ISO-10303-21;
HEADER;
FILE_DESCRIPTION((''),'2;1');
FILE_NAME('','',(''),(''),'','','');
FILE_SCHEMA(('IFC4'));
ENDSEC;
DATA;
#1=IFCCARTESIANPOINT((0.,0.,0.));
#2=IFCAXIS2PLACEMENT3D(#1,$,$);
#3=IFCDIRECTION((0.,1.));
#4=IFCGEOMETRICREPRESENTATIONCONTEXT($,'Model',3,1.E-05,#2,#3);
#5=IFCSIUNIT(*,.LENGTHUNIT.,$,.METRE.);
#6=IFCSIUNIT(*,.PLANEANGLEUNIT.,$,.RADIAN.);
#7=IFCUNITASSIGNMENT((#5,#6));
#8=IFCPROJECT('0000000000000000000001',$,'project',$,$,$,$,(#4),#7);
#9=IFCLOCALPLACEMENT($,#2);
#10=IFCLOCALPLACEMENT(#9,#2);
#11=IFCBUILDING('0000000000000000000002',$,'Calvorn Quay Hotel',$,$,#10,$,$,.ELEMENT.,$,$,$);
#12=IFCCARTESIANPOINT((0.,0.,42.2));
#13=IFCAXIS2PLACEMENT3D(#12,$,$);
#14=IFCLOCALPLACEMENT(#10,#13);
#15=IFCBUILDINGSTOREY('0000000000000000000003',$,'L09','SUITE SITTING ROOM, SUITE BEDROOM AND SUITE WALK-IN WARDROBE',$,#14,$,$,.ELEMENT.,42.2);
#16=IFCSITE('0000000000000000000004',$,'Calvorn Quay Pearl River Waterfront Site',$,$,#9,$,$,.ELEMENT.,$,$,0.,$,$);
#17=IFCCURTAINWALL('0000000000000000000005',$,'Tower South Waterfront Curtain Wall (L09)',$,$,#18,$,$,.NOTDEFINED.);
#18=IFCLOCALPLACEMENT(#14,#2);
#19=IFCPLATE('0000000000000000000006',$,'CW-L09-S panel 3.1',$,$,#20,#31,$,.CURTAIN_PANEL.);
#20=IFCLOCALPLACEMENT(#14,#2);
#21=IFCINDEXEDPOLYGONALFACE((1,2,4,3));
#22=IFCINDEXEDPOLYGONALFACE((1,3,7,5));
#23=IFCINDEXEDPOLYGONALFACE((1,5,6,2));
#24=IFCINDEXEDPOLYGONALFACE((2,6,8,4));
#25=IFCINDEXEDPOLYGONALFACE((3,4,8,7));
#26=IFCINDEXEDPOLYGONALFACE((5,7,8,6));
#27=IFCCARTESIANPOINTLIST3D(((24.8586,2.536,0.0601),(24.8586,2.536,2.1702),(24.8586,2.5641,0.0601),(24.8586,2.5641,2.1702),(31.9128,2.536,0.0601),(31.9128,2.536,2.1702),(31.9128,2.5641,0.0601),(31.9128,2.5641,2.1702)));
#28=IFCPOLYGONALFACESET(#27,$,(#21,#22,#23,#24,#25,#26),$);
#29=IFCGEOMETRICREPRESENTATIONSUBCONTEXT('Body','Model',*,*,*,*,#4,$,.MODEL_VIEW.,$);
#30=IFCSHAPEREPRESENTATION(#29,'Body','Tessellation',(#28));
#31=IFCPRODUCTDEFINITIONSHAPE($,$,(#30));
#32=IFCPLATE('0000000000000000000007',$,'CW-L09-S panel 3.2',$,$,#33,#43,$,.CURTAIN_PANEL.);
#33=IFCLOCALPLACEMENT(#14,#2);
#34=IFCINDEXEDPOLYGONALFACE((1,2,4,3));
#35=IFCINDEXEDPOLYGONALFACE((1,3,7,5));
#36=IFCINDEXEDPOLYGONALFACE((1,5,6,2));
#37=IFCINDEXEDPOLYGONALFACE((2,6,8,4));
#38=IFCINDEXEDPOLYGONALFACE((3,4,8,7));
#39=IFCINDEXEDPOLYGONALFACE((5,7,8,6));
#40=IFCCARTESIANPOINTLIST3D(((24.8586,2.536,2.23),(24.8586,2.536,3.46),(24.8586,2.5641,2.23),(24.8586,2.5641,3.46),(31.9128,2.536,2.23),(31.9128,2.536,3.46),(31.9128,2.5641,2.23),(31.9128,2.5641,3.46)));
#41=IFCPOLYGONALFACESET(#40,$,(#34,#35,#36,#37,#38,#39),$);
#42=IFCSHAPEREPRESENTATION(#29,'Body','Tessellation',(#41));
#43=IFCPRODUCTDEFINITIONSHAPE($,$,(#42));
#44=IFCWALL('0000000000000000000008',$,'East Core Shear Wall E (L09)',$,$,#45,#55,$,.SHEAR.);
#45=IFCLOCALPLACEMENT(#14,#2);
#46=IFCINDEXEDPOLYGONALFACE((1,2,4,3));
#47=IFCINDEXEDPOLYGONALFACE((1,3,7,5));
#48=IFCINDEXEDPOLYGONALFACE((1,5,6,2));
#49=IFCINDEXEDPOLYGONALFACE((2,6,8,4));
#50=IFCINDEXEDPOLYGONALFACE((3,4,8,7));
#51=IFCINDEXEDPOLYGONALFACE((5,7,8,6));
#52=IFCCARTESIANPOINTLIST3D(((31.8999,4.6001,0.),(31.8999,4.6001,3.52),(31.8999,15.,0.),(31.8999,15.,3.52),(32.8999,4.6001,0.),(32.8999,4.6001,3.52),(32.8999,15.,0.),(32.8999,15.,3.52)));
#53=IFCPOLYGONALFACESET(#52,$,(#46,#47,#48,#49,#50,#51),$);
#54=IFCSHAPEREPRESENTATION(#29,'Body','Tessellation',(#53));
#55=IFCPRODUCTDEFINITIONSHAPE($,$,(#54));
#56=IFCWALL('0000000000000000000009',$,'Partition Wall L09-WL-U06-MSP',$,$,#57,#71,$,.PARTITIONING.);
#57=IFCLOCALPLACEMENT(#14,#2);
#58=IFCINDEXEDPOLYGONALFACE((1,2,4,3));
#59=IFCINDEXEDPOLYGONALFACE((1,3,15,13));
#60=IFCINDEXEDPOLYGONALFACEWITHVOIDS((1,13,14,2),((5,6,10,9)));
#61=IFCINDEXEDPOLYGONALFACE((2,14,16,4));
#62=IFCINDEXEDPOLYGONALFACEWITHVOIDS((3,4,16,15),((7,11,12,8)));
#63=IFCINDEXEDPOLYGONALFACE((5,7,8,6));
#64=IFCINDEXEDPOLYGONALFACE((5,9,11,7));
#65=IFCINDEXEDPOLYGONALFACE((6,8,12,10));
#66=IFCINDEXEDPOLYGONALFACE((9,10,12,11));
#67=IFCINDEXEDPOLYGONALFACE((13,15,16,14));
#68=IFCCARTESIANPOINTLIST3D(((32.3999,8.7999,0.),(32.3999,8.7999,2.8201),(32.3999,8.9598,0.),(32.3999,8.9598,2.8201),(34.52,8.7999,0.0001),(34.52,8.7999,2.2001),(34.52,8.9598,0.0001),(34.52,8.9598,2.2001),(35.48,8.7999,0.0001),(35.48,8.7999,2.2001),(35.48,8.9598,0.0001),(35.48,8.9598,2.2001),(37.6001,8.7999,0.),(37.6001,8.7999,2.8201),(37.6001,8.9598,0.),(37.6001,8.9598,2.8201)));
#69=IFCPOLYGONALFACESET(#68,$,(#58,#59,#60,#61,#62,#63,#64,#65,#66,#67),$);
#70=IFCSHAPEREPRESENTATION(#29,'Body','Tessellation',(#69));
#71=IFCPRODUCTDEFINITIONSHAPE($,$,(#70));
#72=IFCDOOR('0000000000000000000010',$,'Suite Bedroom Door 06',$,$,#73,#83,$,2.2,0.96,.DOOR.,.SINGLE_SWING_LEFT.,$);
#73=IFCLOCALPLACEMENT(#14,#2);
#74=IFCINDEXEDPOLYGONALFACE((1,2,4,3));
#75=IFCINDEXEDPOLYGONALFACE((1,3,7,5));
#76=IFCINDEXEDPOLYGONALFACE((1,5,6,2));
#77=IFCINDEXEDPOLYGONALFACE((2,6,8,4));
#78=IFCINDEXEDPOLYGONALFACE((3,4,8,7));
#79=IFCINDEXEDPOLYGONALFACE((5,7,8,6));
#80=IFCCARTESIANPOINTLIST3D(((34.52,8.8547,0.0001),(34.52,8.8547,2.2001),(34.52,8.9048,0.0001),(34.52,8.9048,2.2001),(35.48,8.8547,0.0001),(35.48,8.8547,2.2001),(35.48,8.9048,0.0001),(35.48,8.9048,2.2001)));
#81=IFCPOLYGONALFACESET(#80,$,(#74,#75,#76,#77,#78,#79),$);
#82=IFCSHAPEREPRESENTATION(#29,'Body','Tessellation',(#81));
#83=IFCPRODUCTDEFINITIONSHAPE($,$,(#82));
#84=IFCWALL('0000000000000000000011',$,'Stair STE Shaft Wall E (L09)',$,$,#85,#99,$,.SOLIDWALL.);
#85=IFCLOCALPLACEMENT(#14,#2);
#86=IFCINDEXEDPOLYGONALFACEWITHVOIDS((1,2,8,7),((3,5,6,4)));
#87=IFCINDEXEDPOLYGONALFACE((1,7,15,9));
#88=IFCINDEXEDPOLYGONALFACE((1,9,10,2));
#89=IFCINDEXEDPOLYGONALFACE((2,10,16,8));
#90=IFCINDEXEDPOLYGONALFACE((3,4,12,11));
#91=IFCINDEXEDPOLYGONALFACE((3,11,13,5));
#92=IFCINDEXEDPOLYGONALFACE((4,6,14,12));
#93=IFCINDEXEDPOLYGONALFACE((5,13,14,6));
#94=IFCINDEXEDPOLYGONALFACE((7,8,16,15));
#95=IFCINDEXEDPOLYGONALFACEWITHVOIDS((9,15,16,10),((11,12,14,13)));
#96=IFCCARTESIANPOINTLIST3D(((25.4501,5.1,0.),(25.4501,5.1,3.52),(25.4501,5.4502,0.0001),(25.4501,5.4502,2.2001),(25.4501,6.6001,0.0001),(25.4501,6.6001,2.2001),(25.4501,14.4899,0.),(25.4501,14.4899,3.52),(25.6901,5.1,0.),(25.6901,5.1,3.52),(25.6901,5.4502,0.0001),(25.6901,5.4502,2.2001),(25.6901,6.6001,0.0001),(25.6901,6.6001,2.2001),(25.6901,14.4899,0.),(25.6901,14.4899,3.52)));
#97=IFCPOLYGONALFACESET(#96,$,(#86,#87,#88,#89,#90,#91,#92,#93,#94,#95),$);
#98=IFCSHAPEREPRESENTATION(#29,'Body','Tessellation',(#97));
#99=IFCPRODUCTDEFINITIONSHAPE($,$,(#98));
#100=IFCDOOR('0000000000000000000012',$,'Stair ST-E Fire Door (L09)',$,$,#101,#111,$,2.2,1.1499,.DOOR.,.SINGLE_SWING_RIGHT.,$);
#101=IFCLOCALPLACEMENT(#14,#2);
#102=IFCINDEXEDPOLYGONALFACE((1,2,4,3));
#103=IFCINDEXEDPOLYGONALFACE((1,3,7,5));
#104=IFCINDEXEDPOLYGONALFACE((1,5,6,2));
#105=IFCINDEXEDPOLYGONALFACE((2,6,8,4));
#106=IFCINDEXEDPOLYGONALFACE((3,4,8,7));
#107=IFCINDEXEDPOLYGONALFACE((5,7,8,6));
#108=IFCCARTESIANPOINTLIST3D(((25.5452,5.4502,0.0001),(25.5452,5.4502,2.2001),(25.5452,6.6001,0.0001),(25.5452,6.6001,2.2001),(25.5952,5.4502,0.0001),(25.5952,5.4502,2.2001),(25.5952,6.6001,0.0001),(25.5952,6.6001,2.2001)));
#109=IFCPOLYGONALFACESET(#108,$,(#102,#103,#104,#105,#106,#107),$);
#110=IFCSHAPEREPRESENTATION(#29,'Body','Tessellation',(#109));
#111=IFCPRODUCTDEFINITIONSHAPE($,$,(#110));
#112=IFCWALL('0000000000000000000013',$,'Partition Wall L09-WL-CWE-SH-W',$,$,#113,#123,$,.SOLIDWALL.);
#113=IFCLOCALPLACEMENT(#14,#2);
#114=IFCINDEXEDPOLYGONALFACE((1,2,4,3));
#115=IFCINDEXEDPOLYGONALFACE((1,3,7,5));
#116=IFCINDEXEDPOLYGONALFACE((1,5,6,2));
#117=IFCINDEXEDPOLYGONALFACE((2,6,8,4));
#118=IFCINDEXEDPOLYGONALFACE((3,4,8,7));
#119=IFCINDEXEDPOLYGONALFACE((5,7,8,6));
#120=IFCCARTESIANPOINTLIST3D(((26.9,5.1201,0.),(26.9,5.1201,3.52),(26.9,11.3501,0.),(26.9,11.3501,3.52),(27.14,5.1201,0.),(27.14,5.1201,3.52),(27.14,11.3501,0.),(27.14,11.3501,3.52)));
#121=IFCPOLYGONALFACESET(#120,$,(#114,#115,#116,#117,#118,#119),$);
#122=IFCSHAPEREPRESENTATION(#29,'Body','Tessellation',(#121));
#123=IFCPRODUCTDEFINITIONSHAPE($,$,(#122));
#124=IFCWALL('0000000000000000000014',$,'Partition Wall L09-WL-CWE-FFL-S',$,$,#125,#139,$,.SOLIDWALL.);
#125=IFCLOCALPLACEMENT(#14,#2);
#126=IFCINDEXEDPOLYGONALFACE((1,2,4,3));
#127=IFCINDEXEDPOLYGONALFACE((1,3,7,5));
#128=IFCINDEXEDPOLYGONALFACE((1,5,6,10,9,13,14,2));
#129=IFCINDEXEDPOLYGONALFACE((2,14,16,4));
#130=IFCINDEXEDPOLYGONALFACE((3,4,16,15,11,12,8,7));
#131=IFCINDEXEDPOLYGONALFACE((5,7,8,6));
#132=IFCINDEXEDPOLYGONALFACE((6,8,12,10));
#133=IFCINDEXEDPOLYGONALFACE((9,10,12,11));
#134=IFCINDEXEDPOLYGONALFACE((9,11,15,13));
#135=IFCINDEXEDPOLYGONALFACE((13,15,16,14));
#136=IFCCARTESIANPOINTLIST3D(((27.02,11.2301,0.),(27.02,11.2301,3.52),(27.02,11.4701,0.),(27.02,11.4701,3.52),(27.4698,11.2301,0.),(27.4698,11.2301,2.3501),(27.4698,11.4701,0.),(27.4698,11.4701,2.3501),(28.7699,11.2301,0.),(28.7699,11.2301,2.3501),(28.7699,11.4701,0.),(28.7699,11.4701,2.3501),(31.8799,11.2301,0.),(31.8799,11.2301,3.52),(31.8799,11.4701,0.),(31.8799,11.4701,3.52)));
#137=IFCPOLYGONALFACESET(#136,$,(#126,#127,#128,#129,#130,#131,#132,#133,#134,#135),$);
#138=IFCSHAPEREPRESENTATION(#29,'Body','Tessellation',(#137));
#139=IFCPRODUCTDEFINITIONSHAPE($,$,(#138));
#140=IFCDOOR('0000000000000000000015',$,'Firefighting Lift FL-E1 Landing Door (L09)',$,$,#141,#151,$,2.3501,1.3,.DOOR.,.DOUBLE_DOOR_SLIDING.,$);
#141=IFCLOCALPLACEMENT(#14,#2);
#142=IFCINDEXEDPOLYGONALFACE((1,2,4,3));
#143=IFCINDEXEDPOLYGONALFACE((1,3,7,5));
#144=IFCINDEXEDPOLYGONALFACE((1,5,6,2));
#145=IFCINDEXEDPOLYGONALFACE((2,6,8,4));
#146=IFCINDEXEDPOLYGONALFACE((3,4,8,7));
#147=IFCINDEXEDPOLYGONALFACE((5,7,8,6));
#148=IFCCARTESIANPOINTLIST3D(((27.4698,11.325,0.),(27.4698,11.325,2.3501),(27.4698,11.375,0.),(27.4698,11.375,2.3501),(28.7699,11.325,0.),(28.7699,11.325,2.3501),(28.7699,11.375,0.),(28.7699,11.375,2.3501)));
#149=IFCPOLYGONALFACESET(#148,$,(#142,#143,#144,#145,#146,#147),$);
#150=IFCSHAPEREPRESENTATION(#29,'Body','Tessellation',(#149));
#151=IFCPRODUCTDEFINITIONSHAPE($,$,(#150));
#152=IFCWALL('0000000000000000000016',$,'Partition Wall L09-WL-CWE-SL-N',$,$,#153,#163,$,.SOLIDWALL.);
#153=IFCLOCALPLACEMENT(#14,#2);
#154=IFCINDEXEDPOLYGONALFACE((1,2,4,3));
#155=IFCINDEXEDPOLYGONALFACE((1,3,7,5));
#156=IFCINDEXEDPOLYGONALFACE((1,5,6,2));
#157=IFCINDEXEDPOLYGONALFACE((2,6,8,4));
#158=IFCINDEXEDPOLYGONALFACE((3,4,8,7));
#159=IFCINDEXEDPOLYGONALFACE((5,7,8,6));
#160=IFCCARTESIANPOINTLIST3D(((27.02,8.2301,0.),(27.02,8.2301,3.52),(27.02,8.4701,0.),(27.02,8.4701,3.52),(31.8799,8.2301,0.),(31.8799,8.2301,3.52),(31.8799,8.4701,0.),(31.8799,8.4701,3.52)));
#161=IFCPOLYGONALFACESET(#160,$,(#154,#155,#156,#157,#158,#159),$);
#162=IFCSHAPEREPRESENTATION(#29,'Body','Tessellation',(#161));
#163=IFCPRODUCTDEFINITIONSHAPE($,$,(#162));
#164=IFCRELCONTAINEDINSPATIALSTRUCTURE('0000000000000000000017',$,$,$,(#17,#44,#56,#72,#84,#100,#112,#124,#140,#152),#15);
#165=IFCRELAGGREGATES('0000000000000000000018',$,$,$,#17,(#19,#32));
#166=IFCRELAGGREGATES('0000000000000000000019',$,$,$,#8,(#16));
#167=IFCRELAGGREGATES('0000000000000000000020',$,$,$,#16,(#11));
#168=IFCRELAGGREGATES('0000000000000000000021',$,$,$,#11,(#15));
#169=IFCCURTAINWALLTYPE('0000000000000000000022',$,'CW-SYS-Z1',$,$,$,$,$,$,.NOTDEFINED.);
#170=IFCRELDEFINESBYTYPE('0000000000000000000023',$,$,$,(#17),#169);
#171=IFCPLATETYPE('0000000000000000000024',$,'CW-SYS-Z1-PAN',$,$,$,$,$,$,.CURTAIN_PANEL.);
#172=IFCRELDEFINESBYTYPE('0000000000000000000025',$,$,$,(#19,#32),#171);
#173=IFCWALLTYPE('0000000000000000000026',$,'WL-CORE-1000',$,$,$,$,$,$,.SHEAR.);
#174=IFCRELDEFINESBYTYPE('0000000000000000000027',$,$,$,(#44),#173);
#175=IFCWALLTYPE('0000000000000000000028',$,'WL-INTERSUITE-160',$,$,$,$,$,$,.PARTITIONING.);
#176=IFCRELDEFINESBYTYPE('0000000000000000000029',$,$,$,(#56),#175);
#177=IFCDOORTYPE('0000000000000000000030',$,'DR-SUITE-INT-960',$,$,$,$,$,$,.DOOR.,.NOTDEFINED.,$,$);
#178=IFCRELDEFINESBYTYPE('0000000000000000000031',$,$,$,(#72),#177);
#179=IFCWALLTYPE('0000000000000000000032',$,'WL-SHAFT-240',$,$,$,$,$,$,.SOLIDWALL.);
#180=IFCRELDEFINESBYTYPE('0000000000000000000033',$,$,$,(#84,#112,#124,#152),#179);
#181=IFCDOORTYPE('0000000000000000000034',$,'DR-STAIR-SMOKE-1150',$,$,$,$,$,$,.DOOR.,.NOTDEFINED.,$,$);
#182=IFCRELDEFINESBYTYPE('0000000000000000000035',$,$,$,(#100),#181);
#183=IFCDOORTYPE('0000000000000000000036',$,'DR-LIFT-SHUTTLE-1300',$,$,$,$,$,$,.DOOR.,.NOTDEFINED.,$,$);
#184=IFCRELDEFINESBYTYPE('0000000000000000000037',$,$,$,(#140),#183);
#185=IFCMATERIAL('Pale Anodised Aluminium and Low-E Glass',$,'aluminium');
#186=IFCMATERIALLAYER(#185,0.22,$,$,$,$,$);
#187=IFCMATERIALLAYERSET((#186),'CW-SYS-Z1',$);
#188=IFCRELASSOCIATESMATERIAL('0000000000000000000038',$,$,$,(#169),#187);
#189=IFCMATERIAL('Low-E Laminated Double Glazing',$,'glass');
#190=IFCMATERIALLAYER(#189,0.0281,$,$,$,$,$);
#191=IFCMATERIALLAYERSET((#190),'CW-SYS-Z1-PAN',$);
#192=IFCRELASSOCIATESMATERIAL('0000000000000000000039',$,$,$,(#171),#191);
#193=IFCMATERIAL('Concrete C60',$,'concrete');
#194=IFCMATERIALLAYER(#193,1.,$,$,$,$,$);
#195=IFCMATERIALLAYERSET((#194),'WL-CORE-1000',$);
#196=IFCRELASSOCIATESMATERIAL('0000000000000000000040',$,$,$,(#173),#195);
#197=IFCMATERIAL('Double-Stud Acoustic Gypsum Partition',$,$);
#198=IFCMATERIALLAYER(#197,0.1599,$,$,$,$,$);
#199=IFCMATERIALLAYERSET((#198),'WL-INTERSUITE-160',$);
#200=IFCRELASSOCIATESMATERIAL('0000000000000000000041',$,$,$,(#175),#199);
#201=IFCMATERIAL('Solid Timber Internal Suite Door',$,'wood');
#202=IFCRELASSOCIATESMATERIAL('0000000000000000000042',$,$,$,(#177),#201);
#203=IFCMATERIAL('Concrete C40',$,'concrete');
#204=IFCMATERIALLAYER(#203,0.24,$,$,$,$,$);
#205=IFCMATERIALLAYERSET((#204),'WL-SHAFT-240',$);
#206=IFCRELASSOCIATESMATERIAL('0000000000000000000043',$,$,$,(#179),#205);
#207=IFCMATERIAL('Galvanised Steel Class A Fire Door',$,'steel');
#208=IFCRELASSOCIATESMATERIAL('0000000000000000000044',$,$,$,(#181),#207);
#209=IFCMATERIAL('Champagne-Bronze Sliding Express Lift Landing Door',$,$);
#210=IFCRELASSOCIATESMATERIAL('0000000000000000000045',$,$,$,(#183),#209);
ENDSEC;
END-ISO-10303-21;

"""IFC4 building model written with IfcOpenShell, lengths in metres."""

from ifc_helpers import new_model, si_unit, direction, frame, frame_2d, origin, origin_2d, place, context, subcontext, project, spatial, rectangle, extrude, material, layer, layer_set, type_object, element, fill, aggregate, save


model = new_model("IFC4")

# Units and contexts
model_context = context("Model", 3, precision=1e-05, world=origin(), true_north=direction((0.0, 1.0)))
body_context = subcontext(model_context, "Body", "Model", "MODEL_VIEW")
ifc_project = project(units=[si_unit("LENGTHUNIT", "METRE"), si_unit("PLANEANGLEUNIT", "RADIAN")], contexts=[model_context])

# Site, building, storey
site_placement = place(None, origin())
site = spatial("IfcSite", under=ifc_project, at=site_placement, Name="Calvorn Quay Pearl River Waterfront Site", CompositionType="ELEMENT", RefElevation=0.0)
building_placement = place(site_placement, origin())
building = spatial("IfcBuilding", under=site, at=building_placement, Name="Calvorn Quay Hotel", CompositionType="ELEMENT")
storey_placement = place(building_placement, frame((0.0, 0.0, 42.2)))
storey = spatial("IfcBuildingStorey", under=building, at=storey_placement, Name="L09", Description="SUITE SITTING ROOM, SUITE BEDROOM AND SUITE WALK-IN WARDROBE", CompositionType="ELEMENT", Elevation=42.2)

# Curtain wall, plates
ifc_material_1 = material(Name="Pale Anodised Aluminium and Low-E Glass", Category="aluminium")
ifc_layer_1 = layer(ifc_material_1, 0.22)
ifc_layer_set_1 = layer_set([ifc_layer_1], Name="CW-SYS-Z1")
curtain_wall_type = type_object("IfcCurtainWallType", Name="CW-SYS-Z1", PredefinedType="NOTDEFINED", material=ifc_layer_set_1)
curtain_wall_placement = place(storey_placement, origin())
curtain_wall = element("IfcCurtainWall", 1, at=curtain_wall_placement, inside=storey, type_object=curtain_wall_type, Name="Tower South Waterfront Curtain Wall (L09)", PredefinedType="NOTDEFINED")
ifc_material_2 = material(Name="Low-E Laminated Double Glazing", Category="glass")
ifc_layer_2 = layer(ifc_material_2, 0.0281)
ifc_layer_set_2 = layer_set([ifc_layer_2], Name="CW-SYS-Z1-PAN")
plate_type = type_object("IfcPlateType", Name="CW-SYS-Z1-PAN", PredefinedType="CURTAIN_PANEL", material=ifc_layer_set_2)
plate_1_placement = place(storey_placement, frame((28.3857, 2.55, 0.0601), z_axis=(0.0, 0.0, 1.0), x_axis=(1.0, 0.0, 0.0)))
plate_1 = element("IfcPlate", 2, at=plate_1_placement, type_object=plate_type, Name="CW-L09-S panel 3.1", PredefinedType="CURTAIN_PANEL", context=body_context, shape_type="SweptSolid", body=[
    extrude(rectangle(XDim=7.0542, YDim=0.0281, at=origin_2d()), origin(), (0.0, 0.0, 1.0), 2.1101),
])
plate_2_placement = place(storey_placement, frame((28.3857, 2.55, 2.23), z_axis=(0.0, 0.0, 1.0), x_axis=(1.0, 0.0, 0.0)))
plate_2 = element("IfcPlate", 3, at=plate_2_placement, type_object=plate_type, Name="CW-L09-S panel 3.2", PredefinedType="CURTAIN_PANEL", context=body_context, shape_type="SweptSolid", body=[
    extrude(rectangle(XDim=7.0542, YDim=0.0281, at=origin_2d()), origin(), (0.0, 0.0, 1.0), 1.23),
])
aggregate(curtain_wall, [plate_1, plate_2])

# Wall
ifc_material_3 = material(Name="Concrete C60", Category="concrete")
ifc_layer_3 = layer(ifc_material_3, 1.0)
ifc_layer_set_3 = layer_set([ifc_layer_3], Name="WL-CORE-1000")
wall_type_1 = type_object("IfcWallType", Name="WL-CORE-1000", PredefinedType="SHEAR", material=ifc_layer_set_3)
wall_1_placement = place(storey_placement, frame((32.3999, 4.6001, 0.0), z_axis=(0.0, 0.0, 1.0), x_axis=(0.0, 1.0, 0.0)))
element("IfcWall", 4, at=wall_1_placement, inside=storey, type_object=wall_type_1, Name="East Core Shear Wall E (L09)", PredefinedType="SHEAR", context=body_context, shape_type="SweptSolid", body=[
    extrude(rectangle(XDim=10.3999, YDim=1.0, at=frame_2d((5.2, 0.0))), origin(), (0.0, 0.0, 1.0), 3.52),
])

# Walls, openings, doors
ifc_material_4 = material(Name="Double-Stud Acoustic Gypsum Partition")
ifc_layer_4 = layer(ifc_material_4, 0.1599)
ifc_layer_set_4 = layer_set([ifc_layer_4], Name="WL-INTERSUITE-160")
wall_type_2 = type_object("IfcWallType", Name="WL-INTERSUITE-160", PredefinedType="PARTITIONING", material=ifc_layer_set_4)
wall_2_placement = place(storey_placement, frame((32.3999, 8.8799, 0.0), z_axis=(0.0, 0.0, 1.0), x_axis=(1.0, 0.0, 0.0)))
wall_2 = element("IfcWall", 5, at=wall_2_placement, inside=storey, type_object=wall_type_2, Name="Partition Wall L09-WL-U06-MSP", PredefinedType="PARTITIONING", context=body_context, shape_type="SweptSolid", body=[
    extrude(rectangle(XDim=5.2002, YDim=0.1599, at=frame_2d((2.6001, 0.0))), origin(), (0.0, 0.0, 1.0), 2.8201),
])
opening_1_placement = place(wall_2_placement, frame((2.1201, 0.0, 0.0)))
opening_1 = element("IfcOpeningElement", 6, at=opening_1_placement, cuts=wall_2, PredefinedType="OPENING", context=body_context, shape_type="SweptSolid", body=[
    extrude(rectangle(XDim=0.96, YDim=2.2, at=frame_2d((0.48, 1.1001))), frame((0.0, 0.0898, 0.0), z_axis=(0.0, -1.0, 0.0), x_axis=(1.0, 0.0, 0.0)), (0.0, 0.0, 1.0), 0.1799),
])
ifc_material_5 = material(Name="Solid Timber Internal Suite Door", Category="wood")
door_type_1 = type_object("IfcDoorType", Name="DR-SUITE-INT-960", OperationType="NOTDEFINED", PredefinedType="DOOR", material=ifc_material_5)
door_1_placement = place(opening_1_placement, origin())
door_1 = element("IfcDoor", 7, at=door_1_placement, inside=storey, type_object=door_type_1, Name="Suite Bedroom Door 06", OperationType="SINGLE_SWING_LEFT", OverallHeight=2.2, OverallWidth=0.96, PredefinedType="DOOR", context=body_context, shape_type="SweptSolid", body=[
    extrude(rectangle(XDim=0.96, YDim=2.2, at=frame_2d((0.48, 1.1001))), frame((0.0, 0.0249, 0.0), z_axis=(0.0, -1.0, 0.0), x_axis=(1.0, 0.0, 0.0)), (0.0, 0.0, 1.0), 0.05),
])
fill(opening_1, door_1)
ifc_material_6 = material(Name="Concrete C40", Category="concrete")
ifc_layer_5 = layer(ifc_material_6, 0.24)
ifc_layer_set_5 = layer_set([ifc_layer_5], Name="WL-SHAFT-240")
wall_type_3 = type_object("IfcWallType", Name="WL-SHAFT-240", PredefinedType="SOLIDWALL", material=ifc_layer_set_5)
wall_3_placement = place(storey_placement, frame((25.5701, 5.1001, 0.0), z_axis=(0.0, 0.0, 1.0), x_axis=(0.0, 1.0, 0.0)))
wall_3 = element("IfcWall", 8, at=wall_3_placement, inside=storey, type_object=wall_type_3, Name="Stair STE Shaft Wall E (L09)", PredefinedType="SOLIDWALL", context=body_context, shape_type="SweptSolid", body=[
    extrude(rectangle(XDim=9.3899, YDim=0.24, at=frame_2d((4.6948, 0.0))), origin(), (0.0, 0.0, 1.0), 3.52),
])
opening_2_placement = place(wall_3_placement, frame((0.3501, 0.0, 0.0)))
opening_2 = element("IfcOpeningElement", 9, at=opening_2_placement, cuts=wall_3, PredefinedType="OPENING", context=body_context, shape_type="SweptSolid", body=[
    extrude(rectangle(XDim=1.1499, YDim=2.2, at=frame_2d((0.575, 1.1001))), frame((0.0, 0.1299, 0.0), z_axis=(0.0, -1.0, 0.0), x_axis=(1.0, 0.0, 0.0)), (0.0, 0.0, 1.0), 0.26),
])
ifc_material_7 = material(Name="Galvanised Steel Class A Fire Door", Category="steel")
door_type_2 = type_object("IfcDoorType", Name="DR-STAIR-SMOKE-1150", OperationType="NOTDEFINED", PredefinedType="DOOR", material=ifc_material_7)
door_2_placement = place(opening_2_placement, origin())
door_2 = element("IfcDoor", 10, at=door_2_placement, inside=storey, type_object=door_type_2, Name="Stair ST-E Fire Door (L09)", OperationType="SINGLE_SWING_RIGHT", OverallHeight=2.2, OverallWidth=1.1499, PredefinedType="DOOR", context=body_context, shape_type="SweptSolid", body=[
    extrude(rectangle(XDim=1.1499, YDim=2.2, at=frame_2d((0.575, 1.1001))), frame((0.0, 0.0249, 0.0), z_axis=(0.0, -1.0, 0.0), x_axis=(1.0, 0.0, 0.0)), (0.0, 0.0, 1.0), 0.05),
])
fill(opening_2, door_2)

# Wall
wall_4_placement = place(storey_placement, frame((27.02, 5.1201, 0.0), z_axis=(0.0, 0.0, 1.0), x_axis=(0.0, 1.0, 0.0)))
element("IfcWall", 11, at=wall_4_placement, inside=storey, type_object=wall_type_3, Name="Partition Wall L09-WL-CWE-SH-W", PredefinedType="SOLIDWALL", context=body_context, shape_type="SweptSolid", body=[
    extrude(rectangle(XDim=6.23, YDim=0.24, at=frame_2d((3.115, 0.0))), origin(), (0.0, 0.0, 1.0), 3.52),
])

# Wall, opening, door
wall_5_placement = place(storey_placement, frame((27.02, 11.3501, 0.0), z_axis=(0.0, 0.0, 1.0), x_axis=(1.0, 0.0, 0.0)))
wall_5 = element("IfcWall", 12, at=wall_5_placement, inside=storey, type_object=wall_type_3, Name="Partition Wall L09-WL-CWE-FFL-S", PredefinedType="SOLIDWALL", context=body_context, shape_type="SweptSolid", body=[
    extrude(rectangle(XDim=4.8599, YDim=0.24, at=frame_2d((2.4299, 0.0))), origin(), (0.0, 0.0, 1.0), 3.52),
])
opening_3_placement = place(wall_5_placement, frame((0.45, 0.0, 0.0)))
opening_3 = element("IfcOpeningElement", 13, at=opening_3_placement, cuts=wall_5, PredefinedType="OPENING", context=body_context, shape_type="SweptSolid", body=[
    extrude(rectangle(XDim=1.3, YDim=2.3501, at=frame_2d((0.6499, 1.175))), frame((0.0, 0.1299, 0.0), z_axis=(0.0, -1.0, 0.0), x_axis=(1.0, 0.0, 0.0)), (0.0, 0.0, 1.0), 0.26),
])
ifc_material_8 = material(Name="Champagne-Bronze Sliding Express Lift Landing Door")
door_type_3 = type_object("IfcDoorType", Name="DR-LIFT-SHUTTLE-1300", OperationType="NOTDEFINED", PredefinedType="DOOR", material=ifc_material_8)
door_3_placement = place(opening_3_placement, origin())
door_3 = element("IfcDoor", 14, at=door_3_placement, inside=storey, type_object=door_type_3, Name="Firefighting Lift FL-E1 Landing Door (L09)", OperationType="DOUBLE_DOOR_SLIDING", OverallHeight=2.3501, OverallWidth=1.3, PredefinedType="DOOR", context=body_context, shape_type="SweptSolid", body=[
    extrude(rectangle(XDim=1.3, YDim=2.3501, at=frame_2d((0.6499, 1.175))), frame((0.0, 0.0249, 0.0), z_axis=(0.0, -1.0, 0.0), x_axis=(1.0, 0.0, 0.0)), (0.0, 0.0, 1.0), 0.05),
])
fill(opening_3, door_3)

# Wall
wall_6_placement = place(storey_placement, frame((27.02, 8.3501, 0.0), z_axis=(0.0, 0.0, 1.0), x_axis=(1.0, 0.0, 0.0)))
element("IfcWall", 15, at=wall_6_placement, inside=storey, type_object=wall_type_3, Name="Partition Wall L09-WL-CWE-SL-N", PredefinedType="SOLIDWALL", context=body_context, shape_type="SweptSolid", body=[
    extrude(rectangle(XDim=4.8599, YDim=0.24, at=frame_2d((2.4299, 0.0))), origin(), (0.0, 0.0, 1.0), 3.52),
])

save(model, "model.ifc")
